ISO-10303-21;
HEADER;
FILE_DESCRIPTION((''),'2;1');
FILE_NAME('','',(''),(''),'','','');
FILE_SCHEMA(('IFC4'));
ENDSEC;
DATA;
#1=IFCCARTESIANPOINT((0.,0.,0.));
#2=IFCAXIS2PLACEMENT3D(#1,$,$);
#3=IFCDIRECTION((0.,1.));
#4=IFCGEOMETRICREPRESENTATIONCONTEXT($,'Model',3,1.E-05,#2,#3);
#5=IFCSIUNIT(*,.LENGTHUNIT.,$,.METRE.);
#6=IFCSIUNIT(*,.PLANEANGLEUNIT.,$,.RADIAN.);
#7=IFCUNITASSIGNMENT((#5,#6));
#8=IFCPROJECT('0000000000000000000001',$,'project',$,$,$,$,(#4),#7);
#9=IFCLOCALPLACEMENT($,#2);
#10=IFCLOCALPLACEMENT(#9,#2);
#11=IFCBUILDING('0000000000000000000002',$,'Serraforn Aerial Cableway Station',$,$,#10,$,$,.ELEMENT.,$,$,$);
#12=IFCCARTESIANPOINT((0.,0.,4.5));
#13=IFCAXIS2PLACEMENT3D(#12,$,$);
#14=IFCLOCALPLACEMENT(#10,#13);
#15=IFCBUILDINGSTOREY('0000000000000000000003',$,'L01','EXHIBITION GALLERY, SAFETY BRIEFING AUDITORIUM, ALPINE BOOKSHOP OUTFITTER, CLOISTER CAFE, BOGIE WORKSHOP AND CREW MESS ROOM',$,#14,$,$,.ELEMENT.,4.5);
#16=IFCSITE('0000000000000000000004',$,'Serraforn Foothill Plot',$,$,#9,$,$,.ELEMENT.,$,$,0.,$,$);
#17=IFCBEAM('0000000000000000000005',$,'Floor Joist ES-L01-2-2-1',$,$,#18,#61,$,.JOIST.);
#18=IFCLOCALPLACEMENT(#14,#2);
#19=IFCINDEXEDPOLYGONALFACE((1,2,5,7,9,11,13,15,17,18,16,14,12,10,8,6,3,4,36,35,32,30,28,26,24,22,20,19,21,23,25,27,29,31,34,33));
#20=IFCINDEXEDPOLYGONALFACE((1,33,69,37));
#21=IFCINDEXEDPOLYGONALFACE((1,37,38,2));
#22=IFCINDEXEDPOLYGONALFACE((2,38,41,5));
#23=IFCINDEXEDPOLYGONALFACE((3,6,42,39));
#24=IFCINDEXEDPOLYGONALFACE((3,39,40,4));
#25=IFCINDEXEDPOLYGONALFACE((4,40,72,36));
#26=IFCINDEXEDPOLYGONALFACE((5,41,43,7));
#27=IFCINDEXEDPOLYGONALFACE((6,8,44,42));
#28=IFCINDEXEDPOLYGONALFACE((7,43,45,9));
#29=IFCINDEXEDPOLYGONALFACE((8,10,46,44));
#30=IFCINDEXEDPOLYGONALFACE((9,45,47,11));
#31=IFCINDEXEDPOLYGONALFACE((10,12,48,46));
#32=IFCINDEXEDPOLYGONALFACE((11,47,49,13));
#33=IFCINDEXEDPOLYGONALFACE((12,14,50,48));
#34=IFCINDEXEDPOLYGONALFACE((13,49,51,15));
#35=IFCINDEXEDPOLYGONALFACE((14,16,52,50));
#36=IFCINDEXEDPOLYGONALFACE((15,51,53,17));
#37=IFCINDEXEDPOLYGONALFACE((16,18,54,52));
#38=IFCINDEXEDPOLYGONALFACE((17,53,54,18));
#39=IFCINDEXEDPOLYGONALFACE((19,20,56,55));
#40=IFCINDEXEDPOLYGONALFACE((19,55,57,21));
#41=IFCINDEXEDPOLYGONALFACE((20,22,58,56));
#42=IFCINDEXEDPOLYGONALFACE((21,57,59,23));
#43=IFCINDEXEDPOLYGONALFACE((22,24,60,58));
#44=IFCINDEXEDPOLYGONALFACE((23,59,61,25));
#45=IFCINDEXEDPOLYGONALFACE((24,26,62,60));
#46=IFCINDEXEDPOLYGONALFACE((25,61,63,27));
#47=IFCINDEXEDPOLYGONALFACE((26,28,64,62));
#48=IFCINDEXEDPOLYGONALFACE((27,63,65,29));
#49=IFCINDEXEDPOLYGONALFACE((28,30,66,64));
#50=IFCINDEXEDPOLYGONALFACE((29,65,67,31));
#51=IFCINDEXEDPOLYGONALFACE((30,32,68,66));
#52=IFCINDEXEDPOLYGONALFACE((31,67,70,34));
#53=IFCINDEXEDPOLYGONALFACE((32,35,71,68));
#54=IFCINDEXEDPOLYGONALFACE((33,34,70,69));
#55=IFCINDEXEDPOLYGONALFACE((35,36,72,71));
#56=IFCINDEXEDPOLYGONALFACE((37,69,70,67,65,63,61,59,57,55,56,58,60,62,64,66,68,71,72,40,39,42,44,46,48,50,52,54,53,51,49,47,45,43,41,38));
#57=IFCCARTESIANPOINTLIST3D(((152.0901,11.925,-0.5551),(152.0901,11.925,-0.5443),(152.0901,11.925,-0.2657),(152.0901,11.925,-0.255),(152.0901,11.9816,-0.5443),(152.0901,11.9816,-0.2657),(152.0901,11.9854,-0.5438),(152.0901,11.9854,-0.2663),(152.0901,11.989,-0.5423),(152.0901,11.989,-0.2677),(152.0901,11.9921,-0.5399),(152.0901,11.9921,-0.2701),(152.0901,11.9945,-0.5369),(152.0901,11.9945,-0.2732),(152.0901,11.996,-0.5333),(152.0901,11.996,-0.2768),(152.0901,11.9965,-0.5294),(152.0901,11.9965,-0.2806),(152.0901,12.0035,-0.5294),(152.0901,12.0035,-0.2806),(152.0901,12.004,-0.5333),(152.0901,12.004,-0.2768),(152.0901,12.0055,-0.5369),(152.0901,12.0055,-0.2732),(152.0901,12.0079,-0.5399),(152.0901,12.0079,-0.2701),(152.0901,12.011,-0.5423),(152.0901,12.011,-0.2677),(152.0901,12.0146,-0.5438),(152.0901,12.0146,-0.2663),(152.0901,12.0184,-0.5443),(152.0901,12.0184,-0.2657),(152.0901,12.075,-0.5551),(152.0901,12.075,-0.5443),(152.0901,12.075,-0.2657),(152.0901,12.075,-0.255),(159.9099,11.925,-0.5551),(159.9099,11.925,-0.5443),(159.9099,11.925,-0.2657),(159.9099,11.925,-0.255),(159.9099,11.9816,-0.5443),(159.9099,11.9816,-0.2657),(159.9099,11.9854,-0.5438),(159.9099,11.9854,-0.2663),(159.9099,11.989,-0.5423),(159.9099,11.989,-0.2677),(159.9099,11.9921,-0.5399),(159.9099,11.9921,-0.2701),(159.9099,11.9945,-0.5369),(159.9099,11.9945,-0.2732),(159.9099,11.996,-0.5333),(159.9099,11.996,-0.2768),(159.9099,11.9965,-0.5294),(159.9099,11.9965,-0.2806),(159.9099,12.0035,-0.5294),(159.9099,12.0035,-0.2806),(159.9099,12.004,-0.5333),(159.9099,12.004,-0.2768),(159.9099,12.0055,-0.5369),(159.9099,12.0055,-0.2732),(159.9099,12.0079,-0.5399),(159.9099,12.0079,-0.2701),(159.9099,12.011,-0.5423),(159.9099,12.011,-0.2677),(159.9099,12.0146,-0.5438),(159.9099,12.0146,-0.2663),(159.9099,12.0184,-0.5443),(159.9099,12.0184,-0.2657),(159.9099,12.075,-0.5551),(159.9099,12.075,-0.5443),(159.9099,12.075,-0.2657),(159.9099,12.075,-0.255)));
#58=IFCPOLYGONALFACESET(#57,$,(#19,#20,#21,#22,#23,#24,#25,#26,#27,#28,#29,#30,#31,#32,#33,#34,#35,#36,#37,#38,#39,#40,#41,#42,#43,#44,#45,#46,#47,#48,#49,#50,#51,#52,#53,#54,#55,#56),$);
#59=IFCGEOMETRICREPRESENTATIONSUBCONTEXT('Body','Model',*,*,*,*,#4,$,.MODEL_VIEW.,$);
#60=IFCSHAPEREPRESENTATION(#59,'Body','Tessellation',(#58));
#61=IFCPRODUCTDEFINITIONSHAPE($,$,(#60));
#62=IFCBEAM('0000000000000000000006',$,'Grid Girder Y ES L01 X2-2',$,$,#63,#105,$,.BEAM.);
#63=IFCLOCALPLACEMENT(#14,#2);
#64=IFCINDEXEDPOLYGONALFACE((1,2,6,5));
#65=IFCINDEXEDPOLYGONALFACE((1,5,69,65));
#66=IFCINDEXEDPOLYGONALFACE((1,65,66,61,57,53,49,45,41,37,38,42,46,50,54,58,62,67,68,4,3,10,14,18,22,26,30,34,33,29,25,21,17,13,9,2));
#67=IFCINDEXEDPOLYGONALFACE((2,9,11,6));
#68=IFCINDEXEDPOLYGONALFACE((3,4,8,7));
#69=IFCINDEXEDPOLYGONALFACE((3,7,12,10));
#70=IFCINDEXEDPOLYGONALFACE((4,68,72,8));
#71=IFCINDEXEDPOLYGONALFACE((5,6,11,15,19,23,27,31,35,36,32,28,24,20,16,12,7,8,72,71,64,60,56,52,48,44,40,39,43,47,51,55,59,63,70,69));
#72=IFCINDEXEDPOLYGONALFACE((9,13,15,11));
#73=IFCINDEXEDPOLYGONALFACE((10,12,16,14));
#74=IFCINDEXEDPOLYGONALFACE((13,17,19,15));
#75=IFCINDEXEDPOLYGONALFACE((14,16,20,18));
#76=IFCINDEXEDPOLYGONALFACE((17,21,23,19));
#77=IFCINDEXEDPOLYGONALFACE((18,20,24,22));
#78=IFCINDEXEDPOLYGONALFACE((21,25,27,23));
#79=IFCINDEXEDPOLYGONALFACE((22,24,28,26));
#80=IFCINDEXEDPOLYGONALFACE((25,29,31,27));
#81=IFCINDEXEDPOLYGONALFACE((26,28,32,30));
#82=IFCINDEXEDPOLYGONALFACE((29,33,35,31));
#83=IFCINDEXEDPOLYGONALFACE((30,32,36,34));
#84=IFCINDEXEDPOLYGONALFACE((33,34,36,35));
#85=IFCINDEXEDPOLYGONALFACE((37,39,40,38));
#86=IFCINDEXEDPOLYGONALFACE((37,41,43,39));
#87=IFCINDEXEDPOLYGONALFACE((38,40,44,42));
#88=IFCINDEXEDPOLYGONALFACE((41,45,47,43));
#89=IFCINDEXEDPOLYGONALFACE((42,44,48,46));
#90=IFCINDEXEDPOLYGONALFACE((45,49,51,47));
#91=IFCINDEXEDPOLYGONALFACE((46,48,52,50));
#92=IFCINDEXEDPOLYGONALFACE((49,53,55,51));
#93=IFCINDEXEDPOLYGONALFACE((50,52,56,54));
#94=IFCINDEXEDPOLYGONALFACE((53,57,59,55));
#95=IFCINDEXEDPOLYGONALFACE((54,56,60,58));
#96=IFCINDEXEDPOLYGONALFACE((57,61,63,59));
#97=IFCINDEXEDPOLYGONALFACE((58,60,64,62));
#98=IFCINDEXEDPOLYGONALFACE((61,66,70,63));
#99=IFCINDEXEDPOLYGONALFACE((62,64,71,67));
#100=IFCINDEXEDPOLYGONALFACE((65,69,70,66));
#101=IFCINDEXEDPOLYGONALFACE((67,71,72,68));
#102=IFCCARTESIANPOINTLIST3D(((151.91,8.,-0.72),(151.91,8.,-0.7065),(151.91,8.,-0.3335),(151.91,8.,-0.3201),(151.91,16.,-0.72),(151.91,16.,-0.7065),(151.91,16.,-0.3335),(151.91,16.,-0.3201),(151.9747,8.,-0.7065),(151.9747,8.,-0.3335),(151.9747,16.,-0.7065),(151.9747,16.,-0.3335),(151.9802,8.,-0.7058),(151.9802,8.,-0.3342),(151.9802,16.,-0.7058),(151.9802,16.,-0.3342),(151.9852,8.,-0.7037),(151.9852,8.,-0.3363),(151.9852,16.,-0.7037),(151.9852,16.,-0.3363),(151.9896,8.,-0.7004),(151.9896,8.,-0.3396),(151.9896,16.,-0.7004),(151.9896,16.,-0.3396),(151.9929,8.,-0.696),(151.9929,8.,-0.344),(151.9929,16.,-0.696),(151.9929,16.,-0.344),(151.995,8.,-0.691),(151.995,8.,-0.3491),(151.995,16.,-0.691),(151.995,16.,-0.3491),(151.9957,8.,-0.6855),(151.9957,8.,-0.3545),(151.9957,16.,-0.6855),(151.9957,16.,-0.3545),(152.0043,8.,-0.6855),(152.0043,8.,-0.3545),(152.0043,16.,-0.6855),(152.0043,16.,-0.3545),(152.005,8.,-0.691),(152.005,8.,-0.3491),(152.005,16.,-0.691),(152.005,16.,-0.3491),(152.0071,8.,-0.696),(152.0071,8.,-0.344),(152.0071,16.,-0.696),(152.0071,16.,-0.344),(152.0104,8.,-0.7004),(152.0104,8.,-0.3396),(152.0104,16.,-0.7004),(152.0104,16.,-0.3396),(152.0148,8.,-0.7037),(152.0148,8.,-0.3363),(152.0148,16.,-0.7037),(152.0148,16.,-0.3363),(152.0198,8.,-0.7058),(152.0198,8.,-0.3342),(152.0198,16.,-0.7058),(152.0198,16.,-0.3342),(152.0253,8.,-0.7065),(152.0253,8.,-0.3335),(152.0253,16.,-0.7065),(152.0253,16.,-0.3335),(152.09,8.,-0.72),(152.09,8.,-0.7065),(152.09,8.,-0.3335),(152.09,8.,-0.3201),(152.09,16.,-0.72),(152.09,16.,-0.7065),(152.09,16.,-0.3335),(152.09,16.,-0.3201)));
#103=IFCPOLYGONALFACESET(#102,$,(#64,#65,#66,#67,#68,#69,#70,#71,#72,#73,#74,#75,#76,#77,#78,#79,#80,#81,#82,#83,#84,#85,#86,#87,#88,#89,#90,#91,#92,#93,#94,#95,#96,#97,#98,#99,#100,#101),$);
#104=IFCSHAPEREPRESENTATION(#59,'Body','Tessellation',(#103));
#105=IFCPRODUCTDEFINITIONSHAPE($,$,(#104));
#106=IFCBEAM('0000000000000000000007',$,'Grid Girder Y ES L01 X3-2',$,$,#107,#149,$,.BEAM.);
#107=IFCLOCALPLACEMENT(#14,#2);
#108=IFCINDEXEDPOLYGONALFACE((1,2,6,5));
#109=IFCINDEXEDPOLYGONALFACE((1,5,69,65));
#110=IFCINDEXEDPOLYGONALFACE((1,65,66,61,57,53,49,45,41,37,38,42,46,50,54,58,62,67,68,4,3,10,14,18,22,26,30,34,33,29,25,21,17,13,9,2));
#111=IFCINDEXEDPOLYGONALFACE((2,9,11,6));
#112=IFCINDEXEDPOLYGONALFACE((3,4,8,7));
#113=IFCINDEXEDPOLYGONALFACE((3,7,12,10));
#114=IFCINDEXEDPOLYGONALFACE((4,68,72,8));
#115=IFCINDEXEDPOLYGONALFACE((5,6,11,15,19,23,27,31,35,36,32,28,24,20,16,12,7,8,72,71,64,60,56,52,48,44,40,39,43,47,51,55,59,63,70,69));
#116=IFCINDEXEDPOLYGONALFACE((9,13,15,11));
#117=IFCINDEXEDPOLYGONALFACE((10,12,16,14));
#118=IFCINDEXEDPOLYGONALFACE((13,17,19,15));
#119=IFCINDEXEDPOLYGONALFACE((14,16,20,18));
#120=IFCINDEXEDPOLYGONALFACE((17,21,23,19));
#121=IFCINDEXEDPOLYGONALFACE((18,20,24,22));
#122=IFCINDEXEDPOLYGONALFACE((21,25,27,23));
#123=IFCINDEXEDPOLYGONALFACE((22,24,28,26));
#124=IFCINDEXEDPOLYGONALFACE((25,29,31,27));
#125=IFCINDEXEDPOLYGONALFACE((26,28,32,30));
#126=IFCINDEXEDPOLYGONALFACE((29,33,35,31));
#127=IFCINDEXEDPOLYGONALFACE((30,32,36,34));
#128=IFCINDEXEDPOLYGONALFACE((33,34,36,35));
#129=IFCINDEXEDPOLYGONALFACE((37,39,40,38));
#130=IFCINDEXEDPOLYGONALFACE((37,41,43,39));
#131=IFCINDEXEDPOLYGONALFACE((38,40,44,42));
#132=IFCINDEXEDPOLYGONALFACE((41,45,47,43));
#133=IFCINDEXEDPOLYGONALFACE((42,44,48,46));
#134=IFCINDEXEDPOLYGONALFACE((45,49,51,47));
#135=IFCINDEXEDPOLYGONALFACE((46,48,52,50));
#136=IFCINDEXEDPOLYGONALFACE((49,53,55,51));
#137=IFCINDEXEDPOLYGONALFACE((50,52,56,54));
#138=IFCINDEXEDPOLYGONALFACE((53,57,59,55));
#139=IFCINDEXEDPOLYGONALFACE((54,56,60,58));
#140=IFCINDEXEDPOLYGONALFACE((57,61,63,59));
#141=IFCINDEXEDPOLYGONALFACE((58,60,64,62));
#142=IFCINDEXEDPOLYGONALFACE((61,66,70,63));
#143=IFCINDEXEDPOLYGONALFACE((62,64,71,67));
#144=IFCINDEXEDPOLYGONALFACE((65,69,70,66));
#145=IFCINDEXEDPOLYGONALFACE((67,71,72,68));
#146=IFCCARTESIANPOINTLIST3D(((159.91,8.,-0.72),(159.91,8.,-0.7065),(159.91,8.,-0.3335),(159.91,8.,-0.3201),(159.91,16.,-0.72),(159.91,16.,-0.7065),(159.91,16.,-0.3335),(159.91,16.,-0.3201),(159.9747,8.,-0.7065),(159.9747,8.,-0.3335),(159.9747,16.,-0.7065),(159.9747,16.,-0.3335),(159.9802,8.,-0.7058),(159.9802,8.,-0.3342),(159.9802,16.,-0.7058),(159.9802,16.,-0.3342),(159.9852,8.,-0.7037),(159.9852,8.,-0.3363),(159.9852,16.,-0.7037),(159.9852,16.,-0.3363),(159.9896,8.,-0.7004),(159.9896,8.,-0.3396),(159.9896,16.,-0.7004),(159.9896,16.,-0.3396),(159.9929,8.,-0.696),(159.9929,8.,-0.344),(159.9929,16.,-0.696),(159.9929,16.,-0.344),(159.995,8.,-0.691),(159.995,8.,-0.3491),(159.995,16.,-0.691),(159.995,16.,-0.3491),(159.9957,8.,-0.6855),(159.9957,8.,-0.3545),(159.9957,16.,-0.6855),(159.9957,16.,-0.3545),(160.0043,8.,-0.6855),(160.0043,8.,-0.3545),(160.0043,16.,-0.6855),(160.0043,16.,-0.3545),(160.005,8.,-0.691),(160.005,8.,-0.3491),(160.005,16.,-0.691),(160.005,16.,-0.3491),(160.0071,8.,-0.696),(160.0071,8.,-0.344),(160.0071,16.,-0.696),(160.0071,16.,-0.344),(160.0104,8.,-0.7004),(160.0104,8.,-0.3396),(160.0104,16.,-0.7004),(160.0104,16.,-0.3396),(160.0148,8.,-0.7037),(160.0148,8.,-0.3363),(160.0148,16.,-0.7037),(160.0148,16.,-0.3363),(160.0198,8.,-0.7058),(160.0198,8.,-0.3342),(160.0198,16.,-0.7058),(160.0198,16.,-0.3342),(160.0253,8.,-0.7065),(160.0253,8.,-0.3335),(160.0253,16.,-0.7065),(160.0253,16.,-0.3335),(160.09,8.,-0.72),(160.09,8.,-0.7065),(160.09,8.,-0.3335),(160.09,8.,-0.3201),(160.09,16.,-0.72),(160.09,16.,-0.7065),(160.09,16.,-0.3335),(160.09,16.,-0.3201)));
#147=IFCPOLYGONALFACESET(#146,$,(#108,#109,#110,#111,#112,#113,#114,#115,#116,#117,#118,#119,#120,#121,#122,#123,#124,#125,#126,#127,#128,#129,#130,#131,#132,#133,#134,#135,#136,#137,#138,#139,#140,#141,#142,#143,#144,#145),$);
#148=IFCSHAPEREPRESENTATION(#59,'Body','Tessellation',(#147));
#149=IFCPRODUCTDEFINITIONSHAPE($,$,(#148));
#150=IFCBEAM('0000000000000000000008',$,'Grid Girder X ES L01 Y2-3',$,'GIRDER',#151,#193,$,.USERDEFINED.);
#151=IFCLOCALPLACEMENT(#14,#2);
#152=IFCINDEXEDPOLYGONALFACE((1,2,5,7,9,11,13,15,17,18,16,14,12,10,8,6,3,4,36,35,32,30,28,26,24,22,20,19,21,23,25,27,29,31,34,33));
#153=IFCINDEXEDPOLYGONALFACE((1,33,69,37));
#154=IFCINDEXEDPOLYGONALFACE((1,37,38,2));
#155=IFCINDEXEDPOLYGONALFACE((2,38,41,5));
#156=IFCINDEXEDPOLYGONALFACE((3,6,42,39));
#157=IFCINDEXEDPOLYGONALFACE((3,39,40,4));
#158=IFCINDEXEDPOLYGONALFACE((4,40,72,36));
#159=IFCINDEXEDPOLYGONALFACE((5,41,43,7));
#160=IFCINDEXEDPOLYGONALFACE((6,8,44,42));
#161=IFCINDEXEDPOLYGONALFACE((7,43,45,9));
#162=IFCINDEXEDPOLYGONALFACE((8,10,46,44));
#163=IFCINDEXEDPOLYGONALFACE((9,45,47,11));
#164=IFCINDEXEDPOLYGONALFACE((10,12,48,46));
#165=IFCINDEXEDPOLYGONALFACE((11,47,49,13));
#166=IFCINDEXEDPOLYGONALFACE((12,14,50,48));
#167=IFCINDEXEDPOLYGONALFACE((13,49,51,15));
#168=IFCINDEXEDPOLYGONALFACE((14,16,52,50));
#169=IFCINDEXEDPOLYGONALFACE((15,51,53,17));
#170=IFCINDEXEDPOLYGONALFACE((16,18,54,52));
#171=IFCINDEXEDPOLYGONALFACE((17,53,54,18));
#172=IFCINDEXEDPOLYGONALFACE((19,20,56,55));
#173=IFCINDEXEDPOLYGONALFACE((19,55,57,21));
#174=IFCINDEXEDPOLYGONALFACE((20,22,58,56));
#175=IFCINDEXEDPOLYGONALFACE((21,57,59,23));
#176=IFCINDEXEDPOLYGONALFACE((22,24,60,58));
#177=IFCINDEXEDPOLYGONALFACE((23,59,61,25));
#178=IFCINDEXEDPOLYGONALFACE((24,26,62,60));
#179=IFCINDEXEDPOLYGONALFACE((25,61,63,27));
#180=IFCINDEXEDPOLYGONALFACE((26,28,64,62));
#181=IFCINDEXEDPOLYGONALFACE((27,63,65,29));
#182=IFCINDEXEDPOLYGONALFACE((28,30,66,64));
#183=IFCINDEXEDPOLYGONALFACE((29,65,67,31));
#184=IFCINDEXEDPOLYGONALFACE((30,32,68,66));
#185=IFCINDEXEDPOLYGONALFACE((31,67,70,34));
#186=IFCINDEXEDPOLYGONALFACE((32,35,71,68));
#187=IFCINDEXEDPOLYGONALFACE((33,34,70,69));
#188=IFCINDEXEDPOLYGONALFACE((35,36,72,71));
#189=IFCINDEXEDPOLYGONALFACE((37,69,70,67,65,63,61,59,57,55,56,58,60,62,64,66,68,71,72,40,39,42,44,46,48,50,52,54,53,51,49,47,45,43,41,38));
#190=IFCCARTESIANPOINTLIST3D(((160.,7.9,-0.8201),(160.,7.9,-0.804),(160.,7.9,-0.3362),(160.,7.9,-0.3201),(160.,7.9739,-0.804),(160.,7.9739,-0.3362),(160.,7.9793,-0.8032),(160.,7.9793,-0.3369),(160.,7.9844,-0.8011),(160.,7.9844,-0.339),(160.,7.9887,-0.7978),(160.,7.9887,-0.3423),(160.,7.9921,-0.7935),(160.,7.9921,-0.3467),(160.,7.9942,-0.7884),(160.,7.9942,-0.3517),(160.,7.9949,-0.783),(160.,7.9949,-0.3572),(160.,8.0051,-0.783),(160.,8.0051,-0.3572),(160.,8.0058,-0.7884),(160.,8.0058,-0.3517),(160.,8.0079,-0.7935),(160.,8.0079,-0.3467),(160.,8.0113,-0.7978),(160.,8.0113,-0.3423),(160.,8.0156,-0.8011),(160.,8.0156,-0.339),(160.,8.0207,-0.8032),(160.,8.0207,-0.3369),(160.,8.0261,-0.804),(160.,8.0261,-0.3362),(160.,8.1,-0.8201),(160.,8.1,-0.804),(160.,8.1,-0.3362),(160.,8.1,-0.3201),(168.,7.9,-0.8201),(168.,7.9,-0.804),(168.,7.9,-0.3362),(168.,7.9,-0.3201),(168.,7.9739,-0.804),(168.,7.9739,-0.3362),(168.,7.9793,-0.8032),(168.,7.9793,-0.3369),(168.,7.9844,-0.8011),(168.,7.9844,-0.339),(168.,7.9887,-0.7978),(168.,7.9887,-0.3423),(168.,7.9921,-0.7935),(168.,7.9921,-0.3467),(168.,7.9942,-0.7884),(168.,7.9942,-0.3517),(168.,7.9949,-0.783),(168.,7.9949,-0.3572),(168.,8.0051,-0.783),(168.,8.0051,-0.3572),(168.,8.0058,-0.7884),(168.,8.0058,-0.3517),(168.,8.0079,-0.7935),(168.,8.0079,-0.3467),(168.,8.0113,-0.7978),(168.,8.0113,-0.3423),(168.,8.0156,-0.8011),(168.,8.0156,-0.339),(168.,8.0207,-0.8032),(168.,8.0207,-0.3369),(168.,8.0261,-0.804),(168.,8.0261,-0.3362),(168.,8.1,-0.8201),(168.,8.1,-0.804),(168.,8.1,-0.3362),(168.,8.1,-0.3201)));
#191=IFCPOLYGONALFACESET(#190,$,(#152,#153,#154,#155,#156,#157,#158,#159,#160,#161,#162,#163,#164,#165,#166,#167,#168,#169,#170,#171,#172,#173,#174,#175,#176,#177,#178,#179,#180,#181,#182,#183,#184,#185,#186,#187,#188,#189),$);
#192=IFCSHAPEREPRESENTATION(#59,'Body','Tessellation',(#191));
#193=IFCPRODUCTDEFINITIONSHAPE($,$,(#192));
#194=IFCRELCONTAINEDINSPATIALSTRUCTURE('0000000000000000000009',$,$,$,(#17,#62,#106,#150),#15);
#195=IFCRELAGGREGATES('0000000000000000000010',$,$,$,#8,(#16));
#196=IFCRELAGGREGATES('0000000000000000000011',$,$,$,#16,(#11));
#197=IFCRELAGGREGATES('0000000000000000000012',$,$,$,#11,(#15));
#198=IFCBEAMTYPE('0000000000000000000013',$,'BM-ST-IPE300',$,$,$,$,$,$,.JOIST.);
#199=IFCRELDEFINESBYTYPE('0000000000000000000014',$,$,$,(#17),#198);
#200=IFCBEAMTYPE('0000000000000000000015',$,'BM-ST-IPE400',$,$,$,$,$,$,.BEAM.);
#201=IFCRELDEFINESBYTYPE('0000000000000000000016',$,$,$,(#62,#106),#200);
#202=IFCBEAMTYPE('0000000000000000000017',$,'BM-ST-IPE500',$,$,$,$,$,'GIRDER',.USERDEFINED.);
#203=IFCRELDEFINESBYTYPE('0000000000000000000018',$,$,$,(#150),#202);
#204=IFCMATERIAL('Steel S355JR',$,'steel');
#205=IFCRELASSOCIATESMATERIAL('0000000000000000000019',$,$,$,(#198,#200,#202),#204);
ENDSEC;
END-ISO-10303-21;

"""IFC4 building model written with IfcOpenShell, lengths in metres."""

from ifc_helpers import new_model, si_unit, direction, frame, origin, origin_2d, place, context, subcontext, project, spatial, i_section, extrude, material, material_profile, profile_set, type_object, element, save


model = new_model("IFC4")

# Units and contexts
model_context = context("Model", 3, precision=1e-05, world=origin(), true_north=direction((0.0, 1.0)))
body_context = subcontext(model_context, "Body", "Model", "MODEL_VIEW")
ifc_project = project(units=[si_unit("LENGTHUNIT", "METRE"), si_unit("PLANEANGLEUNIT", "RADIAN")], contexts=[model_context])

# Site, building, storey
site_placement = place(None, origin())
site = spatial("IfcSite", under=ifc_project, at=site_placement, Name="Serraforn Foothill Plot", CompositionType="ELEMENT", RefElevation=0.0)
building_placement = place(site_placement, origin())
building = spatial("IfcBuilding", under=site, at=building_placement, Name="Serraforn Aerial Cableway Station", CompositionType="ELEMENT")
storey_placement = place(building_placement, frame((0.0, 0.0, 4.5)))
storey = spatial("IfcBuildingStorey", under=building, at=storey_placement, Name="L01", Description="EXHIBITION GALLERY, SAFETY BRIEFING AUDITORIUM, ALPINE BOOKSHOP OUTFITTER, CLOISTER CAFE, BOGIE WORKSHOP AND CREW MESS ROOM", CompositionType="ELEMENT", Elevation=4.5)

# Beams
ifc_material_1 = material(Name="Steel S355JR", Category="steel")
ifc_material_profile_1 = material_profile(ifc_material_1, i_section(OverallWidth=0.1499, OverallDepth=0.3, WebThickness=0.0071, FlangeThickness=0.0107, FilletRadius=0.0149, at=origin_2d()), Name="IPE 300")
ifc_profile_set_1 = profile_set([ifc_material_profile_1], Name="Steel S355JR")
beam_type_1 = type_object("IfcBeamType", Name="BM-ST-IPE300", PredefinedType="JOIST", material=ifc_profile_set_1)
beam_1_placement = place(storey_placement, frame((152.0901, 12.0, -0.405), z_axis=(1.0, 0.0, 0.0), x_axis=(0.0, 1.0, 0.0)))
element("IfcBeam", 1, at=beam_1_placement, inside=storey, type_object=beam_type_1, Name="Floor Joist ES-L01-2-2-1", PredefinedType="JOIST", context=body_context, shape_type="SweptSolid", body=[
    extrude(i_section(OverallWidth=0.1499, OverallDepth=0.3, WebThickness=0.0071, FlangeThickness=0.0107, FilletRadius=0.0149, at=origin_2d()), origin(), (0.0, 0.0, 1.0), 7.8198),
])
ifc_material_profile_2 = material_profile(ifc_material_1, i_section(OverallWidth=0.1799, OverallDepth=0.3999, WebThickness=0.0085, FlangeThickness=0.0134, FilletRadius=0.021, at=origin_2d()), Name="IPE 400")
ifc_profile_set_2 = profile_set([ifc_material_profile_2], Name="Steel S355JR")
beam_type_2 = type_object("IfcBeamType", Name="BM-ST-IPE400", PredefinedType="BEAM", material=ifc_profile_set_2)
for number, where, z_axis, x_axis, name in (
    (2, (152.0, 8.0, -0.52), (0.0, 1.0, 0.0), (-1.0, 0.0, 0.0), "Grid Girder Y ES L01 X2-2"),
    (3, (160.0, 8.0, -0.52), (0.0, 1.0, 0.0), (-1.0, 0.0, 0.0), "Grid Girder Y ES L01 X3-2"),
):
    element("IfcBeam", number, at=place(storey_placement, frame(where, z_axis=z_axis, x_axis=x_axis)), inside=storey, type_object=beam_type_2, Name=name, PredefinedType="BEAM", context=body_context, shape_type="SweptSolid", body=[
        extrude(i_section(OverallWidth=0.1799, OverallDepth=0.3999, WebThickness=0.0085, FlangeThickness=0.0134, FilletRadius=0.021, at=origin_2d()), origin(), (0.0, 0.0, 1.0), 8.0),
    ])
ifc_material_profile_3 = material_profile(ifc_material_1, i_section(OverallWidth=0.2, OverallDepth=0.5, WebThickness=0.0103, FlangeThickness=0.0161, FilletRadius=0.021, at=origin_2d()), Name="IPE 500")
ifc_profile_set_3 = profile_set([ifc_material_profile_3], Name="Steel S355JR")
beam_type_3 = type_object("IfcBeamType", Name="BM-ST-IPE500", ElementType="GIRDER", PredefinedType="USERDEFINED", material=ifc_profile_set_3)
beam_2_placement = place(storey_placement, frame((160.0, 8.0, -0.5701), z_axis=(1.0, 0.0, 0.0), x_axis=(0.0, 1.0, 0.0)))
element("IfcBeam", 4, at=beam_2_placement, inside=storey, type_object=beam_type_3, Name="Grid Girder X ES L01 Y2-3", ObjectType="GIRDER", PredefinedType="USERDEFINED", context=body_context, shape_type="SweptSolid", body=[
    extrude(i_section(OverallWidth=0.2, OverallDepth=0.5, WebThickness=0.0103, FlangeThickness=0.0161, FilletRadius=0.021, at=origin_2d()), origin(), (0.0, 0.0, 1.0), 8.0),
])

save(model, "model.ifc")
